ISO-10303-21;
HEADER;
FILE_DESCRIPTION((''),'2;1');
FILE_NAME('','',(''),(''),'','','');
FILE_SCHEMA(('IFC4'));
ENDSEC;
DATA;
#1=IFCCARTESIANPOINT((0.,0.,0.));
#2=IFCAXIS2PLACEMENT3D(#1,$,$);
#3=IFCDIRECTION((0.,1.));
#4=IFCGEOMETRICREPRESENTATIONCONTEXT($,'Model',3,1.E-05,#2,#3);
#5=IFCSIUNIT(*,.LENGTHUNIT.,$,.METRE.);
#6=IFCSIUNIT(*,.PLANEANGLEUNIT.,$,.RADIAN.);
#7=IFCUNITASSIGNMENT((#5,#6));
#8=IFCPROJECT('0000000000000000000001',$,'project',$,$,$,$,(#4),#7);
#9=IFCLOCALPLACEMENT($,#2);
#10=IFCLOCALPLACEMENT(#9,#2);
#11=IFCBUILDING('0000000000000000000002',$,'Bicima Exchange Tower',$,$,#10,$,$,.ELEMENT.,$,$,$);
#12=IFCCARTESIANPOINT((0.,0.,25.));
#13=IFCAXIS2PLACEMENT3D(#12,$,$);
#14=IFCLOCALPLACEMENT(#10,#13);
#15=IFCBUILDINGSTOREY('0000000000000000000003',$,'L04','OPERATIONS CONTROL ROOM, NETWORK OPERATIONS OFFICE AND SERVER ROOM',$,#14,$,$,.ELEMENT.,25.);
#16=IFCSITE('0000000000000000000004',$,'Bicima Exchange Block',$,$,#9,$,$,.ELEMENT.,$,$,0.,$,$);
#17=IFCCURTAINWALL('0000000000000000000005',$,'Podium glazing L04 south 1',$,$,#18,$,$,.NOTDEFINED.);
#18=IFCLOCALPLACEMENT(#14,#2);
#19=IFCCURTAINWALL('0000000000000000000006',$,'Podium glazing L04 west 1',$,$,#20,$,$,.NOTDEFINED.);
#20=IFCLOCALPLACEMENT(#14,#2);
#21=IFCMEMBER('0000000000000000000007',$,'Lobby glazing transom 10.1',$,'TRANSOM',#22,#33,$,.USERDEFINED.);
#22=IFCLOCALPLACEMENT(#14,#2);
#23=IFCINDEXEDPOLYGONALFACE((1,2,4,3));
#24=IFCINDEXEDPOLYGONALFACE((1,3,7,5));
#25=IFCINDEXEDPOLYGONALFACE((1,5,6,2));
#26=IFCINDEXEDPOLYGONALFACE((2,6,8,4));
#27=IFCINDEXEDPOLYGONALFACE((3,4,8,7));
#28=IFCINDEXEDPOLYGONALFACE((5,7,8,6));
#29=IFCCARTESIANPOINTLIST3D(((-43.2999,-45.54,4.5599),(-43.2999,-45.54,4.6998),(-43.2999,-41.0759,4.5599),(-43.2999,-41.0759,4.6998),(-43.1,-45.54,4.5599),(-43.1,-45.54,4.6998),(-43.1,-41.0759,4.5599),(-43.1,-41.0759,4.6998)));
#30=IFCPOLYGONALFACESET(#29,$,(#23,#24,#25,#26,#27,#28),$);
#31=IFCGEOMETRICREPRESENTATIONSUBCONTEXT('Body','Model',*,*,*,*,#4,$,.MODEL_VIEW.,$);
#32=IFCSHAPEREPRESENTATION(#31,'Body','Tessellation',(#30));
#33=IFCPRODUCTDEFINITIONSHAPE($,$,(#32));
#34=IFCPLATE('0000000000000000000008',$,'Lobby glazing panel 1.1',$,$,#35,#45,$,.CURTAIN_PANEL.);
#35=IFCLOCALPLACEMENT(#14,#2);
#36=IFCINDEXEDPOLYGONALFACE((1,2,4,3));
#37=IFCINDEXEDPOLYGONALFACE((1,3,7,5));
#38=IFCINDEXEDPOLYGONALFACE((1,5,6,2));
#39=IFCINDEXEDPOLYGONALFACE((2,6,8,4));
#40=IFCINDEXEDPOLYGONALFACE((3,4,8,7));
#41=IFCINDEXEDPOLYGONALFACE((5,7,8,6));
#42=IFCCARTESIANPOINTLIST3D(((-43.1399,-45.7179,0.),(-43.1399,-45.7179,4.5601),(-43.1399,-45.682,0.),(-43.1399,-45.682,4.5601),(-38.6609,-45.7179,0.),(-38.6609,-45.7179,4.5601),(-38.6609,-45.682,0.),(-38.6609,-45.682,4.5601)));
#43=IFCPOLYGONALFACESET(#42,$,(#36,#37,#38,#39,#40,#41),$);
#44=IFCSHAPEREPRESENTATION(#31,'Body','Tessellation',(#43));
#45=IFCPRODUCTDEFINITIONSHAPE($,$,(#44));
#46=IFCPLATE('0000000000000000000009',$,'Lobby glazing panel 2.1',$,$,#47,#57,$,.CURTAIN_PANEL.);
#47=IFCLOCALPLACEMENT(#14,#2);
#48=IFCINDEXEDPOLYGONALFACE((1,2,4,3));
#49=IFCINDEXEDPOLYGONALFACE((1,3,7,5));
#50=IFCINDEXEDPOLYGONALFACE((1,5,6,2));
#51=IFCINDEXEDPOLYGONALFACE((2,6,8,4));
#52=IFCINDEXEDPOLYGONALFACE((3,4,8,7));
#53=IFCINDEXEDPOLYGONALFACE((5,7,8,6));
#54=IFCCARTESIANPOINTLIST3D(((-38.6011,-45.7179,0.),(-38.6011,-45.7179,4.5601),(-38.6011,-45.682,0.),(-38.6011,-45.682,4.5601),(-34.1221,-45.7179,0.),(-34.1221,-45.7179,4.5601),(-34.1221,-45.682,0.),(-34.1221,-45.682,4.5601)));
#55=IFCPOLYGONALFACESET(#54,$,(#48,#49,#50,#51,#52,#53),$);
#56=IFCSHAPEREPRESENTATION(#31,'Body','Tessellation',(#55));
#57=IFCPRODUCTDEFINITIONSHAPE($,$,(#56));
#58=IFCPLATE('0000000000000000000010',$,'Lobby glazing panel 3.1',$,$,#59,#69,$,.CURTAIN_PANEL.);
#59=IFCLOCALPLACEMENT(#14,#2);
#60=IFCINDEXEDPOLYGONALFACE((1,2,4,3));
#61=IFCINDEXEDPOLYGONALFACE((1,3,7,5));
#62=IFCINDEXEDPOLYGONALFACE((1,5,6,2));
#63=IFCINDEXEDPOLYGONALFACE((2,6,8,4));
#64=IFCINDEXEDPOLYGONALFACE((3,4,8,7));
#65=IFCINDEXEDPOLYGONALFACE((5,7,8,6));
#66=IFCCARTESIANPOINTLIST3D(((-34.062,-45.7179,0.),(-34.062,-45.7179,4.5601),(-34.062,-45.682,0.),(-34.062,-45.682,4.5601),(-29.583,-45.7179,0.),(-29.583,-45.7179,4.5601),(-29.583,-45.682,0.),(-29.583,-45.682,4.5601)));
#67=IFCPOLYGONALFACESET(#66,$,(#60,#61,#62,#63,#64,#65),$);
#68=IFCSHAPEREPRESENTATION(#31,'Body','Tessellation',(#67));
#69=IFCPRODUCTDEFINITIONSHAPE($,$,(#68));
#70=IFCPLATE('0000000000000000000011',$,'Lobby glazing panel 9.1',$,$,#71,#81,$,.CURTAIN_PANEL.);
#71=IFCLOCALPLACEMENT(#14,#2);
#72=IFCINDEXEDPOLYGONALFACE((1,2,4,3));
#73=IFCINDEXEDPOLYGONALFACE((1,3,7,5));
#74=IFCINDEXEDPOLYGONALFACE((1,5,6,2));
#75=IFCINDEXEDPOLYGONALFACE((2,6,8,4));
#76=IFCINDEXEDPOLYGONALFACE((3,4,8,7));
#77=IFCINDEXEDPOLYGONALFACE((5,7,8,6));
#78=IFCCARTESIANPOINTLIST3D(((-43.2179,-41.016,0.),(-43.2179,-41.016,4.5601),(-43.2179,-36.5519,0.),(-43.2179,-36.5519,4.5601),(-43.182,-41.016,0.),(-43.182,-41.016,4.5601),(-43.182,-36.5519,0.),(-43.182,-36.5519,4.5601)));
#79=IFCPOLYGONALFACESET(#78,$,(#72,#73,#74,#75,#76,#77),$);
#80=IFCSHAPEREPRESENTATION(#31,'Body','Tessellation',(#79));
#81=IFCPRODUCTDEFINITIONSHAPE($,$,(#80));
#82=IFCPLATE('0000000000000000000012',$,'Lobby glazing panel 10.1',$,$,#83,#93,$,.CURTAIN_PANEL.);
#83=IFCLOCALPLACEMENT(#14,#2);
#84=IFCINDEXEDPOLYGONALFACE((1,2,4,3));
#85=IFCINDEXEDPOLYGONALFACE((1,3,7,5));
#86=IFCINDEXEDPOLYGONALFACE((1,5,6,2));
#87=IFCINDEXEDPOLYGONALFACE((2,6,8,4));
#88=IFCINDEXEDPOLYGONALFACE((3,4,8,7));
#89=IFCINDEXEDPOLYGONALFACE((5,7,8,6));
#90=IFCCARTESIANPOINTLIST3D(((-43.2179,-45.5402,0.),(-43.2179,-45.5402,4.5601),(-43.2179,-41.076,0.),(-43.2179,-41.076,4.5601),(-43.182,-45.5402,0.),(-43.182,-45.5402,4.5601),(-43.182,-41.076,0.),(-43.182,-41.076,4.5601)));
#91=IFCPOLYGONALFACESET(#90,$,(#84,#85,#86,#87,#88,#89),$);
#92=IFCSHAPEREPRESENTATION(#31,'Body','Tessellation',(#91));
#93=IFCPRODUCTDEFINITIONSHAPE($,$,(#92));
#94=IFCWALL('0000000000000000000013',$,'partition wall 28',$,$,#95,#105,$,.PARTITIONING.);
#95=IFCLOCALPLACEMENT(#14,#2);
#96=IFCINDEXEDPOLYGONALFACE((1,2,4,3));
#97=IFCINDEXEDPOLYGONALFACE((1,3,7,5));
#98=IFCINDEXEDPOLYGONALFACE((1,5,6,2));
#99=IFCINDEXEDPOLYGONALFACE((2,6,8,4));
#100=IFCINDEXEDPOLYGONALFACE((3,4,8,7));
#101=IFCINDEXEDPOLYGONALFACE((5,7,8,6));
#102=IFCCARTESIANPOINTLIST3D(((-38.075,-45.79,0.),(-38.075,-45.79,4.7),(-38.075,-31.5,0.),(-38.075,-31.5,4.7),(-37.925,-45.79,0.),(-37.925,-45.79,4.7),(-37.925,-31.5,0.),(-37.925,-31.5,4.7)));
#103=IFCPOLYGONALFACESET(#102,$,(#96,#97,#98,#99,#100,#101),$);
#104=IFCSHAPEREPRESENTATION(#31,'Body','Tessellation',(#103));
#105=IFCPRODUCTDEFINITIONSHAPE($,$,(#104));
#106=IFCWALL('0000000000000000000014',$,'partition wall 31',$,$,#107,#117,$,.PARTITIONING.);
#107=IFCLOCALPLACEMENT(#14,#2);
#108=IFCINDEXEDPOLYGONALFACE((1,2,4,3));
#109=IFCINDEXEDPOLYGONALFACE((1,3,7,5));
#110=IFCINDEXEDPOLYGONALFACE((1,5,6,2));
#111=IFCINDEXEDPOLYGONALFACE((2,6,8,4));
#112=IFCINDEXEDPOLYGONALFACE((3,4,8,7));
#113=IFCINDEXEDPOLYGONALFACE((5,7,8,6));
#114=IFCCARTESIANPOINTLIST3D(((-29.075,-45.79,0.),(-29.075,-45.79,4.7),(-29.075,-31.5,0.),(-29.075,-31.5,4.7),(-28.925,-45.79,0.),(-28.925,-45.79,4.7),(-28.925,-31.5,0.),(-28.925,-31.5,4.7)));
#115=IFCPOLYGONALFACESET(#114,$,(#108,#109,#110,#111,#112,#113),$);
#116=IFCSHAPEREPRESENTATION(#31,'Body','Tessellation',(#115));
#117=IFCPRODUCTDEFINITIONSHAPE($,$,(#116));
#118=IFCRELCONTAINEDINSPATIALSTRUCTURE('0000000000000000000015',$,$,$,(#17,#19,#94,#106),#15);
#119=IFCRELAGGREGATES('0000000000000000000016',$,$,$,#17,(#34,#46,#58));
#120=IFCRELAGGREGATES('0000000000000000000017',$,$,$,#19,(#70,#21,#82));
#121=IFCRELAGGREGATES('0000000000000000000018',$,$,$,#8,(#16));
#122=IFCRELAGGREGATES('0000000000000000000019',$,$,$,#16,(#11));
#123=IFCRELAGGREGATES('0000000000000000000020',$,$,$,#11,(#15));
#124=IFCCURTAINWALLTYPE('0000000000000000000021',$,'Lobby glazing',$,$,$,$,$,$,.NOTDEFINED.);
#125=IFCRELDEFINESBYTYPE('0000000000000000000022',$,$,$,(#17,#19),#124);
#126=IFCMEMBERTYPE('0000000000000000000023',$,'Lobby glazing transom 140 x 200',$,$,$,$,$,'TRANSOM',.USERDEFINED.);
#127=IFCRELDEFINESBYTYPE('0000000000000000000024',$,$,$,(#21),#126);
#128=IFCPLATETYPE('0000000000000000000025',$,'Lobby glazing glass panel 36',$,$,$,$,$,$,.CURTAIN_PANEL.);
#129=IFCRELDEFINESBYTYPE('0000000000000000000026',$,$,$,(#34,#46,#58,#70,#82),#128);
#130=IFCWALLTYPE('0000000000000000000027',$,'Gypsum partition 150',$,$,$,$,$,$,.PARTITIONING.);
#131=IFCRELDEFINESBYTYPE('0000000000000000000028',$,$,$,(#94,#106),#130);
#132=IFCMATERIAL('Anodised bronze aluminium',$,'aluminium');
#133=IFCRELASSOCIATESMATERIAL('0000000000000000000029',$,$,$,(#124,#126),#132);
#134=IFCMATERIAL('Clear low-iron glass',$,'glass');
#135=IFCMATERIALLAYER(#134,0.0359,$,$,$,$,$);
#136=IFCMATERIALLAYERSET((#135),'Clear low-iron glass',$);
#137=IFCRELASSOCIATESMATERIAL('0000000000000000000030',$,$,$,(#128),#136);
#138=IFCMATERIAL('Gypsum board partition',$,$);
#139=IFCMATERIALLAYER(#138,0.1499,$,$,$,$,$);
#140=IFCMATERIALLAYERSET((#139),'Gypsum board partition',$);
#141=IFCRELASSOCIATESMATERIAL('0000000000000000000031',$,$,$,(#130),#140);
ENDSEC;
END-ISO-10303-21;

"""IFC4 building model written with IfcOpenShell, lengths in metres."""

from ifc_helpers import new_model, si_unit, direction, frame, frame_2d, origin, origin_2d, place, context, subcontext, project, spatial, rectangle, extrude, material, layer, layer_set, material_profile, profile_set, type_object, element, aggregate, save


model = new_model("IFC4")

# Units and contexts
model_context = context("Model", 3, precision=1e-05, world=origin(), true_north=direction((0.0, 1.0)))
body_context = subcontext(model_context, "Body", "Model", "MODEL_VIEW")
ifc_project = project(units=[si_unit("LENGTHUNIT", "METRE"), si_unit("PLANEANGLEUNIT", "RADIAN")], contexts=[model_context])

# Site, building, storey
site_placement = place(None, origin())
site = spatial("IfcSite", under=ifc_project, at=site_placement, Name="Bicima Exchange Block", CompositionType="ELEMENT", RefElevation=0.0)
building_placement = place(site_placement, origin())
building = spatial("IfcBuilding", under=site, at=building_placement, Name="Bicima Exchange Tower", CompositionType="ELEMENT")
storey_placement = place(building_placement, frame((0.0, 0.0, 25.0)))
storey = spatial("IfcBuildingStorey", under=building, at=storey_placement, Name="L04", Description="OPERATIONS CONTROL ROOM, NETWORK OPERATIONS OFFICE AND SERVER ROOM", CompositionType="ELEMENT", Elevation=25.0)

# Curtain walls
ifc_material_1 = material(Name="Anodised bronze aluminium", Category="aluminium")
curtain_wall_type = type_object("IfcCurtainWallType", Name="Lobby glazing", PredefinedType="NOTDEFINED", material=ifc_material_1)
curtain_wall_1_placement = place(storey_placement, origin())
curtain_wall_1 = element("IfcCurtainWall", 1, at=curtain_wall_1_placement, inside=storey, type_object=curtain_wall_type, Name="Podium glazing L04 south 1", PredefinedType="NOTDEFINED")
curtain_wall_2_placement = place(storey_placement, origin())
curtain_wall_2 = element("IfcCurtainWall", 2, at=curtain_wall_2_placement, inside=storey, type_object=curtain_wall_type, Name="Podium glazing L04 west 1", PredefinedType="NOTDEFINED")

# Member
ifc_material_profile_1 = material_profile(ifc_material_1, rectangle(XDim=0.2, YDim=0.1399, at=origin_2d()))
ifc_profile_set_1 = profile_set([ifc_material_profile_1], Name="Anodised bronze aluminium")
member_type_1 = type_object("IfcMemberType", Name="Lobby glazing transom 140 x 200", ElementType="TRANSOM", PredefinedType="USERDEFINED", material=ifc_profile_set_1)
member_1_placement = place(storey_placement, frame((-43.2, -41.0759, 4.6299), z_axis=(0.0, -1.0, 0.0), x_axis=(1.0, 0.0, 0.0)))
member_1 = element("IfcMember", 3, at=member_1_placement, type_object=member_type_1, Name="Lobby glazing transom 10.1", ObjectType="TRANSOM", PredefinedType="USERDEFINED", context=body_context, shape_type="SweptSolid", body=[
    extrude(rectangle(XDim=0.2, YDim=0.1399, at=origin_2d()), origin(), (0.0, 0.0, 1.0), 4.4641),
])

# Plates
ifc_material_2 = material(Name="Clear low-iron glass", Category="glass")
ifc_layer_1 = layer(ifc_material_2, 0.0359)
ifc_layer_set_1 = layer_set([ifc_layer_1], Name="Clear low-iron glass")
plate_type = type_object("IfcPlateType", Name="Lobby glazing glass panel 36", PredefinedType="CURTAIN_PANEL", material=ifc_layer_set_1)
plate_1_placement = place(storey_placement, frame((-40.9004, -45.7, 0.0), z_axis=(0.0, 0.0, 1.0), x_axis=(1.0, 0.0, 0.0)))
plate_1 = element("IfcPlate", 4, at=plate_1_placement, type_object=plate_type, Name="Lobby glazing panel 1.1", PredefinedType="CURTAIN_PANEL", context=body_context, shape_type="SweptSolid", body=[
    extrude(rectangle(XDim=4.479, YDim=0.0359, at=origin_2d()), origin(), (0.0, 0.0, 1.0), 4.5601),
])
plate_2_placement = place(storey_placement, frame((-36.3616, -45.7, 0.0), z_axis=(0.0, 0.0, 1.0), x_axis=(1.0, 0.0, 0.0)))
plate_2 = element("IfcPlate", 5, at=plate_2_placement, type_object=plate_type, Name="Lobby glazing panel 2.1", PredefinedType="CURTAIN_PANEL", context=body_context, shape_type="SweptSolid", body=[
    extrude(rectangle(XDim=4.479, YDim=0.0359, at=origin_2d()), origin(), (0.0, 0.0, 1.0), 4.5601),
])
plate_3_placement = place(storey_placement, frame((-31.8225, -45.7, 0.0), z_axis=(0.0, 0.0, 1.0), x_axis=(1.0, 0.0, 0.0)))
plate_3 = element("IfcPlate", 6, at=plate_3_placement, type_object=plate_type, Name="Lobby glazing panel 3.1", PredefinedType="CURTAIN_PANEL", context=body_context, shape_type="SweptSolid", body=[
    extrude(rectangle(XDim=4.479, YDim=0.0359, at=origin_2d()), origin(), (0.0, 0.0, 1.0), 4.5601),
])
aggregate(curtain_wall_1, [plate_1, plate_2, plate_3])
plate_4_placement = place(storey_placement, frame((-43.2, -38.7839, 0.0), z_axis=(0.0, 0.0, 1.0), x_axis=(0.0, -1.0, 0.0)))
plate_4 = element("IfcPlate", 7, at=plate_4_placement, type_object=plate_type, Name="Lobby glazing panel 9.1", PredefinedType="CURTAIN_PANEL", context=body_context, shape_type="SweptSolid", body=[
    extrude(rectangle(XDim=4.4641, YDim=0.0359, at=origin_2d()), origin(), (0.0, 0.0, 1.0), 4.5601),
])
plate_5_placement = place(storey_placement, frame((-43.2, -43.3081, 0.0), z_axis=(0.0, 0.0, 1.0), x_axis=(0.0, -1.0, 0.0)))
plate_5 = element("IfcPlate", 8, at=plate_5_placement, type_object=plate_type, Name="Lobby glazing panel 10.1", PredefinedType="CURTAIN_PANEL", context=body_context, shape_type="SweptSolid", body=[
    extrude(rectangle(XDim=4.4641, YDim=0.0359, at=origin_2d()), origin(), (0.0, 0.0, 1.0), 4.5601),
])
aggregate(curtain_wall_2, [plate_4, member_1, plate_5])

# Walls
ifc_material_3 = material(Name="Gypsum board partition")
ifc_layer_2 = layer(ifc_material_3, 0.1499)
ifc_layer_set_2 = layer_set([ifc_layer_2], Name="Gypsum board partition")
wall_type = type_object("IfcWallType", Name="Gypsum partition 150", PredefinedType="PARTITIONING", material=ifc_layer_set_2)
for number, where, z_axis, x_axis, name in (
    (9, (-38.0, -45.79, 0.0), (0.0, 0.0, 1.0), (0.0, 1.0, 0.0), "partition wall 28"),
    (10, (-29.0, -45.79, 0.0), (0.0, 0.0, 1.0), (0.0, 1.0, 0.0), "partition wall 31"),
):
    element("IfcWall", number, at=place(storey_placement, frame(where, z_axis=z_axis, x_axis=x_axis)), inside=storey, type_object=wall_type, Name=name, PredefinedType="PARTITIONING", context=body_context, shape_type="SweptSolid", body=[
        extrude(rectangle(XDim=14.29, YDim=0.1499, at=frame_2d((7.145, 0.0))), origin(), (0.0, 0.0, 1.0), 4.7),
    ])

save(model, "model.ifc")
